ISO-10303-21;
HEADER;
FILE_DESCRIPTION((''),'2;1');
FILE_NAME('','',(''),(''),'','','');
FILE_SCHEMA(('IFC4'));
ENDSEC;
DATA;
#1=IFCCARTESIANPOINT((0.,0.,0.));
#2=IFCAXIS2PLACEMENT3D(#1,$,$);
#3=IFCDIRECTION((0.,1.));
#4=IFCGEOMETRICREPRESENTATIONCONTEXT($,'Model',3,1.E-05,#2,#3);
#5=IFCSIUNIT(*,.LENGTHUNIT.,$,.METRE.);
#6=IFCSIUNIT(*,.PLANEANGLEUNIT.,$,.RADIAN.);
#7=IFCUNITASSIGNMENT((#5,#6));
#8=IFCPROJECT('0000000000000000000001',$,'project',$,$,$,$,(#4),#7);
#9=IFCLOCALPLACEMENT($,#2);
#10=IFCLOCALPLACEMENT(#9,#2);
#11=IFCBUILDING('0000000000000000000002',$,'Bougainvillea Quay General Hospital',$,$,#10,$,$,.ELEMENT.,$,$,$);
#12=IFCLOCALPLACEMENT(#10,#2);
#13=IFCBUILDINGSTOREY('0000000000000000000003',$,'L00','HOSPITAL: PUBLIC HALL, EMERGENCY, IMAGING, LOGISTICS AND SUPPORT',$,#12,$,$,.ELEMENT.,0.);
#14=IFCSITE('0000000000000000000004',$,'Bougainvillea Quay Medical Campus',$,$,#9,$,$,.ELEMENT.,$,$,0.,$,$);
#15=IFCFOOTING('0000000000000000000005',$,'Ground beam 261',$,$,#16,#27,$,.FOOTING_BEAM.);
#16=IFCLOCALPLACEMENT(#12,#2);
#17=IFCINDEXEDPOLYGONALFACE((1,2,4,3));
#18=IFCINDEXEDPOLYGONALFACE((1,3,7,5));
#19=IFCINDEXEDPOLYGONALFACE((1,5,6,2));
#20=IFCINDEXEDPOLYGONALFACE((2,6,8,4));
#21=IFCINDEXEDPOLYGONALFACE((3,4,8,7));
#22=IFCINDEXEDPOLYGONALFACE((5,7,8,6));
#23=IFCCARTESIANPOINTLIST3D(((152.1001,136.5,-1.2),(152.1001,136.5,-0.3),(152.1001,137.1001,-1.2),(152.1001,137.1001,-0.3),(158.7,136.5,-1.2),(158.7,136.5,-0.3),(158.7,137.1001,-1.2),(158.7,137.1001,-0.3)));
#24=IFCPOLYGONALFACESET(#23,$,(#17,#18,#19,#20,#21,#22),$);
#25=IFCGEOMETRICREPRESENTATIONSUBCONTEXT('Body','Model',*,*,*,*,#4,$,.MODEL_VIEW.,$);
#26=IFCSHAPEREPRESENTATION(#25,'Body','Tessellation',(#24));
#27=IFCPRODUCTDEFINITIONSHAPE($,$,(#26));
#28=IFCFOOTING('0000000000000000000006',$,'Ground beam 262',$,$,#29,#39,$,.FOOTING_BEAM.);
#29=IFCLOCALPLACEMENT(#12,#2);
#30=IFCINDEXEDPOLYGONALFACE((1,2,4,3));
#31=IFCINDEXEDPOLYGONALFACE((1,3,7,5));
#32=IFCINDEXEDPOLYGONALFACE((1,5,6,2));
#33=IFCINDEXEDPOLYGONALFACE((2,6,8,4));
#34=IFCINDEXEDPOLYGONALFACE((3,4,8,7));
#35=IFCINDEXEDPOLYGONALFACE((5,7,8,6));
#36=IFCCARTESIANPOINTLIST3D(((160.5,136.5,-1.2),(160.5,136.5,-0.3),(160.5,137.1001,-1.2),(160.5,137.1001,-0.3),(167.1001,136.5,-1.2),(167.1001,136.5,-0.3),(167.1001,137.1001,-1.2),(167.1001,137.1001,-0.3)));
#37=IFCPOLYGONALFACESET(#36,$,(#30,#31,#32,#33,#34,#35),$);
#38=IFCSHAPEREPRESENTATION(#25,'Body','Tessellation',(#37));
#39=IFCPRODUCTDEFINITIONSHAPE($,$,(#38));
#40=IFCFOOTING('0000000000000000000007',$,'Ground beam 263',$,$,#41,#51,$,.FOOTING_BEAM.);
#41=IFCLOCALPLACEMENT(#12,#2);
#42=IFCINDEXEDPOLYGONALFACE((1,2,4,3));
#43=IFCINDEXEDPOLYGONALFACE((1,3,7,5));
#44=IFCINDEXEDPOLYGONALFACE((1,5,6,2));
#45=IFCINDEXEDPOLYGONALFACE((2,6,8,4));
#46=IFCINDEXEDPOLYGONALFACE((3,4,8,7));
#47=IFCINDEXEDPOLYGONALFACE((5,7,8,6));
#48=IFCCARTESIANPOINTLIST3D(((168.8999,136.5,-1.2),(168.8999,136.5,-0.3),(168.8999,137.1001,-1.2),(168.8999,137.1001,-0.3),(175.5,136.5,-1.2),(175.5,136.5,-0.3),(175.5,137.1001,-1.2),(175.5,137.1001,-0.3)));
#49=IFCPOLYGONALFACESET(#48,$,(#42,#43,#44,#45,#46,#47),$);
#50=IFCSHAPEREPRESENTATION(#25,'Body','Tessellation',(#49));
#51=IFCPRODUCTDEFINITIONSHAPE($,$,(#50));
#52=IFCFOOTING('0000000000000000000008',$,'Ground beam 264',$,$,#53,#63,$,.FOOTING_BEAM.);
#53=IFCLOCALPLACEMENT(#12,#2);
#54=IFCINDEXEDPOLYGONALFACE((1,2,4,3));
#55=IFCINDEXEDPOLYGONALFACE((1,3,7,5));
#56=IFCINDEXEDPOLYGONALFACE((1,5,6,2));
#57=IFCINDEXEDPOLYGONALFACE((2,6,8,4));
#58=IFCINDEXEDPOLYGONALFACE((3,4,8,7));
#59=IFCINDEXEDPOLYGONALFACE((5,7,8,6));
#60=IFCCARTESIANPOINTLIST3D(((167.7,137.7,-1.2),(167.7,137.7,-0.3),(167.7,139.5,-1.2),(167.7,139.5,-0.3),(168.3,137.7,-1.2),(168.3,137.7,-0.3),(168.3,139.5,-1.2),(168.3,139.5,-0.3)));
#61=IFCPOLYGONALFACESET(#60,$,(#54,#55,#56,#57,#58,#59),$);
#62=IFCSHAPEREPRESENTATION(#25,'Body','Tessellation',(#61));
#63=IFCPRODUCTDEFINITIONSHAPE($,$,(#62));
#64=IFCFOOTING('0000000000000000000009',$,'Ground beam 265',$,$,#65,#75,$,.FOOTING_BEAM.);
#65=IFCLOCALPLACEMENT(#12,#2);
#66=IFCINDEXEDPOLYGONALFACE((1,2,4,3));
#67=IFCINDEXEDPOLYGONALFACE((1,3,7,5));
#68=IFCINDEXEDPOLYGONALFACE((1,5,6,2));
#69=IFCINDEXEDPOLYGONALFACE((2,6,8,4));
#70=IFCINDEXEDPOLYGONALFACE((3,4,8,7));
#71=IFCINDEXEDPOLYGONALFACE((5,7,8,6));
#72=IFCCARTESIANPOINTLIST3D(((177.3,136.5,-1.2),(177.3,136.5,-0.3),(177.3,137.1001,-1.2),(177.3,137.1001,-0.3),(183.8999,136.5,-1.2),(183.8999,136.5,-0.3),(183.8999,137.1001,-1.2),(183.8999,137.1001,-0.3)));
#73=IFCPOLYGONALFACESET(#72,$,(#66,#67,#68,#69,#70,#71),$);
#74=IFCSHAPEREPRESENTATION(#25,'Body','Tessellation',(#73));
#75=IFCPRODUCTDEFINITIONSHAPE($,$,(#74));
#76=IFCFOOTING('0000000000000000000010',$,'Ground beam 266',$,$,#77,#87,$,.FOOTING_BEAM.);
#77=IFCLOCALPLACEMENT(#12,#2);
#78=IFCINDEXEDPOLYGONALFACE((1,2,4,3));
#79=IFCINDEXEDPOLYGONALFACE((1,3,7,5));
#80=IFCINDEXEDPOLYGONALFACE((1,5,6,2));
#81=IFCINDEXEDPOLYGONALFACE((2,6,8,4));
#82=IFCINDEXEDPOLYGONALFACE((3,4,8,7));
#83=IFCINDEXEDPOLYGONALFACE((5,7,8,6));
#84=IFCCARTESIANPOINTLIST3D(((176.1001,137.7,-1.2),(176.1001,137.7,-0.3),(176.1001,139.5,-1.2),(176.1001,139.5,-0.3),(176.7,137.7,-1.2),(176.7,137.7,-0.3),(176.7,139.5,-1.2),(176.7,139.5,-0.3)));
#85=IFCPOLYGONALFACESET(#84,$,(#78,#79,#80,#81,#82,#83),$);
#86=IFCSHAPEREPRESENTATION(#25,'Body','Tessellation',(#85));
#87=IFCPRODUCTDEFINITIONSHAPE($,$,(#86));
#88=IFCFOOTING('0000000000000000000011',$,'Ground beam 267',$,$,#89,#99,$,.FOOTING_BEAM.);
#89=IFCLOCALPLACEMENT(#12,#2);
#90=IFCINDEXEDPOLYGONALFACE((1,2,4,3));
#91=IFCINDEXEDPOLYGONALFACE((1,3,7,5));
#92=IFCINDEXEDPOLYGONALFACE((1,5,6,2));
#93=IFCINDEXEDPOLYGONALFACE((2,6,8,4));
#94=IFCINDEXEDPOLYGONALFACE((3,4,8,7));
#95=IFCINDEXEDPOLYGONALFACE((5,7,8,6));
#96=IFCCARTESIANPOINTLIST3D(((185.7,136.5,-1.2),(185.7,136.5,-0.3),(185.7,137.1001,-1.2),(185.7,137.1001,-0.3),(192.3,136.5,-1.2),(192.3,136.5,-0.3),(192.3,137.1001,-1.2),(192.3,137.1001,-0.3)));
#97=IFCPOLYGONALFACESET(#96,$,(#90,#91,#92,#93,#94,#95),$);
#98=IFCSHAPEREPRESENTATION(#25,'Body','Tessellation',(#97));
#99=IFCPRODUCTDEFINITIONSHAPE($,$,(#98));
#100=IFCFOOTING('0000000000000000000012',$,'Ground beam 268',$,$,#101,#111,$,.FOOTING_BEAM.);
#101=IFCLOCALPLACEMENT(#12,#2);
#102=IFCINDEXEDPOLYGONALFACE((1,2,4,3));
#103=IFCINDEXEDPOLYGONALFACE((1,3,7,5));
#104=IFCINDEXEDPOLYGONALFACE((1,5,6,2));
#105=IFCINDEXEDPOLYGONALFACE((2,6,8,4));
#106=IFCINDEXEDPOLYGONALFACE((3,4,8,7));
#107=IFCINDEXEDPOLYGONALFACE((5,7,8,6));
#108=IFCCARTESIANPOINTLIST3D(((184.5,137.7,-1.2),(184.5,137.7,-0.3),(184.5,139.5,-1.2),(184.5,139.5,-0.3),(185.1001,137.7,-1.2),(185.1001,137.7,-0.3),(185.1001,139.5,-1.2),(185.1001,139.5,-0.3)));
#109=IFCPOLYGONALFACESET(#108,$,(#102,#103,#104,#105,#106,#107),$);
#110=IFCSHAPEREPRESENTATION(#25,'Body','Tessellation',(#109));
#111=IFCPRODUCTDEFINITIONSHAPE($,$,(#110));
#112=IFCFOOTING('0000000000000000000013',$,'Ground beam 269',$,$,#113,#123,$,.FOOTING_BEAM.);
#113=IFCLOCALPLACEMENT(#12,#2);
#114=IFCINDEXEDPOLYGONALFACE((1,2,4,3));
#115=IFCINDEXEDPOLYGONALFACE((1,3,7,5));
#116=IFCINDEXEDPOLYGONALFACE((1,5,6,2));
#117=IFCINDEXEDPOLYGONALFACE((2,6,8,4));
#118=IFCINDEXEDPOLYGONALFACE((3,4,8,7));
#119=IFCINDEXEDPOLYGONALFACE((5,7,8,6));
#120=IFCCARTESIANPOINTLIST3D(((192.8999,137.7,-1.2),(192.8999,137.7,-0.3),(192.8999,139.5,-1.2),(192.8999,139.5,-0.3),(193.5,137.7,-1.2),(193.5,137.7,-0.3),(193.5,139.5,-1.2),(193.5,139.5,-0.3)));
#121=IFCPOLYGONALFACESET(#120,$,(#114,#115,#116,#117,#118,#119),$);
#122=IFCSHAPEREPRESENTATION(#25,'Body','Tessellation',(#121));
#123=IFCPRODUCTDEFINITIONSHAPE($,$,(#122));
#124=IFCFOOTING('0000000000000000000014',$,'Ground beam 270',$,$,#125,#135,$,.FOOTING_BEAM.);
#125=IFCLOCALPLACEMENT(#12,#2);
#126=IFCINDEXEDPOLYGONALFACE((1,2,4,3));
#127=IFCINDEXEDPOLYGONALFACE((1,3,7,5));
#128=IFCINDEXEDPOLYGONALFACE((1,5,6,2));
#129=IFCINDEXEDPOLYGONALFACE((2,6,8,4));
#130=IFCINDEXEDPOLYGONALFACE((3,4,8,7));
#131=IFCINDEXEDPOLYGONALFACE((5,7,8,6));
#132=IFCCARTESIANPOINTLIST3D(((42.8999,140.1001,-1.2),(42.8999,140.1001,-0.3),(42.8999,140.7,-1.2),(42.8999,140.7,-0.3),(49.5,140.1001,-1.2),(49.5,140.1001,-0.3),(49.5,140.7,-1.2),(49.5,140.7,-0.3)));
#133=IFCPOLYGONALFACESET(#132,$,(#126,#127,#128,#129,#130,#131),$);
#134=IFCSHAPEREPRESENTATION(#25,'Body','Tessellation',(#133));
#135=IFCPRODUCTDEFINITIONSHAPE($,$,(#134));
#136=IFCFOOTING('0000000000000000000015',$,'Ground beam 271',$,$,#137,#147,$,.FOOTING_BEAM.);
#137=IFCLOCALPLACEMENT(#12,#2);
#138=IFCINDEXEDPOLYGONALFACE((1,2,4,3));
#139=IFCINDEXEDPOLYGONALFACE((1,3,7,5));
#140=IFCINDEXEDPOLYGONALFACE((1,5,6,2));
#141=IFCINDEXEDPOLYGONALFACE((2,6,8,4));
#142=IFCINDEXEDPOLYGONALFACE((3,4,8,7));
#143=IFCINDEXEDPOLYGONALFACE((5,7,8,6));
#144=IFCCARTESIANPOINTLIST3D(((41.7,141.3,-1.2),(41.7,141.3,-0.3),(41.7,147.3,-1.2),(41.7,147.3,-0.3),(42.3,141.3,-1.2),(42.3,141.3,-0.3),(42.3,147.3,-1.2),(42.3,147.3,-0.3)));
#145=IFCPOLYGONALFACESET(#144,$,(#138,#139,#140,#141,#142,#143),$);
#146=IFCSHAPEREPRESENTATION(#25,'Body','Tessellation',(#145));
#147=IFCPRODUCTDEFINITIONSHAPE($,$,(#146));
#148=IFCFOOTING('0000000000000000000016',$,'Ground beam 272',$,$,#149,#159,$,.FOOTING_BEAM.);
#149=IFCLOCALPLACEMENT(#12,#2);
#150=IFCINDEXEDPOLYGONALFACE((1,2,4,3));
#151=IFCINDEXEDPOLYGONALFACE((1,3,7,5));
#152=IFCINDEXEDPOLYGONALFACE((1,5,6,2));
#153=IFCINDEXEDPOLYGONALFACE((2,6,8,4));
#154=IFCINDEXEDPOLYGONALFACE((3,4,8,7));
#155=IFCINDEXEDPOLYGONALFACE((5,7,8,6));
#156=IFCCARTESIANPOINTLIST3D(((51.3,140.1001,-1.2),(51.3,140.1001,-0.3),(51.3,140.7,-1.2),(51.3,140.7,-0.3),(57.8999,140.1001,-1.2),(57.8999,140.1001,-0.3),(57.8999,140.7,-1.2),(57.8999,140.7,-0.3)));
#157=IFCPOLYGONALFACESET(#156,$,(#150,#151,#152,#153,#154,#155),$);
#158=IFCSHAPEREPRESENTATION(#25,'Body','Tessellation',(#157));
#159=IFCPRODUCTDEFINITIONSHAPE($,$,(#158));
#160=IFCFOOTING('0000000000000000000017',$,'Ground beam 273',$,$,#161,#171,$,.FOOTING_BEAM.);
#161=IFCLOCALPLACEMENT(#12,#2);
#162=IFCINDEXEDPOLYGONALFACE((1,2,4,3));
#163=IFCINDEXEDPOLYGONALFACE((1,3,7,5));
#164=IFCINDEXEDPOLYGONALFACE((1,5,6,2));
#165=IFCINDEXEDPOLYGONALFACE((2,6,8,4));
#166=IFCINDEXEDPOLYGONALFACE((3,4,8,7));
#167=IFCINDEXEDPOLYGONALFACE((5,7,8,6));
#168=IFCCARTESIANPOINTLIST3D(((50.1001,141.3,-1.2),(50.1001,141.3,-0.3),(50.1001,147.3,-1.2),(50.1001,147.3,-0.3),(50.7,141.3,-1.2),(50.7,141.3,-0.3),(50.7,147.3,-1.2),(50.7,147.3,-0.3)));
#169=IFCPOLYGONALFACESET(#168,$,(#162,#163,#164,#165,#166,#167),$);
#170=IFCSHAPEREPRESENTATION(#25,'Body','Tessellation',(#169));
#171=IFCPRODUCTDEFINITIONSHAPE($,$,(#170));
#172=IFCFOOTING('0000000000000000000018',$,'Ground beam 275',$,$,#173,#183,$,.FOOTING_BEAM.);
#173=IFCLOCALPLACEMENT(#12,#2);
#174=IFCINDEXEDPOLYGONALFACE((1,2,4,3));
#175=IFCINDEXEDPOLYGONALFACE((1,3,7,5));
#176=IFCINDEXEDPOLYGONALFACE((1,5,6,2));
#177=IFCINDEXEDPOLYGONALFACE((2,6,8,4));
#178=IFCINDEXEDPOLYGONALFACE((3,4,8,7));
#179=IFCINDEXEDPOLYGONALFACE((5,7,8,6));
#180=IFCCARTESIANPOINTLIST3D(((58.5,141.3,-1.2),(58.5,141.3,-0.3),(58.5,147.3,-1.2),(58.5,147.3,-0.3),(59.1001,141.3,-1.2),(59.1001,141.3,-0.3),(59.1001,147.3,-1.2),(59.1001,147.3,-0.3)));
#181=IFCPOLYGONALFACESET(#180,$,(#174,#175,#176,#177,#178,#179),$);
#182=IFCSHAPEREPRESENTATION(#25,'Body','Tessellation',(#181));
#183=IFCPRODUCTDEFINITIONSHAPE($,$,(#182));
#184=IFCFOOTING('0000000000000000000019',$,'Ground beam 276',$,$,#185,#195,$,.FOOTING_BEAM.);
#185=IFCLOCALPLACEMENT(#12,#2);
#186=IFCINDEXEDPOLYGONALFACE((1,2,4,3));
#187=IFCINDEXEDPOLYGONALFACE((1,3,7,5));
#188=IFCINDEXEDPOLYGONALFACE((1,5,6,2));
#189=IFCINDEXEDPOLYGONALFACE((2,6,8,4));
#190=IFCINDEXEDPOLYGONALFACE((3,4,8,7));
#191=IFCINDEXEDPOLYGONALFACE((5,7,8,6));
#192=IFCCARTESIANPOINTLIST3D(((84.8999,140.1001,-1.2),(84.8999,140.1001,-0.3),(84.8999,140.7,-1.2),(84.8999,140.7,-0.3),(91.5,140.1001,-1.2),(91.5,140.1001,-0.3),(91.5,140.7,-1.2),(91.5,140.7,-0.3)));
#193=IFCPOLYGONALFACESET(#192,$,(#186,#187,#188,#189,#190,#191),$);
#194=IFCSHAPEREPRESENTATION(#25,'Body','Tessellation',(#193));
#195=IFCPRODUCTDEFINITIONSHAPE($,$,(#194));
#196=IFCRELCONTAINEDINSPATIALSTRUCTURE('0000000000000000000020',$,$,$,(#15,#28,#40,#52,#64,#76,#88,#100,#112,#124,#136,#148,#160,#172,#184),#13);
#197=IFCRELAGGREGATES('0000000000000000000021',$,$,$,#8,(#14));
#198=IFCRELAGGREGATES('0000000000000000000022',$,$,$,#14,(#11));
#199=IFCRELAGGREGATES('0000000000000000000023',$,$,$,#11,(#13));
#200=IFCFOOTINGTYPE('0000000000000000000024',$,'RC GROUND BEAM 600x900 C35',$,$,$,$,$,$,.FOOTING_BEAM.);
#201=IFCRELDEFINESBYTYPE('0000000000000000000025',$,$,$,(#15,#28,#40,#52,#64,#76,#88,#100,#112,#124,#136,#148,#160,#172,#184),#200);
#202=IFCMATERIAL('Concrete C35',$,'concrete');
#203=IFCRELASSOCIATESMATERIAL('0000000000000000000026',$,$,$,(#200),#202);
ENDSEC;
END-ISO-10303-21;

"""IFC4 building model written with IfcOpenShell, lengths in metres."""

from ifc_helpers import new_model, si_unit, direction, frame, origin, origin_2d, place, context, subcontext, project, spatial, polyline, rectangle, outline, extrude, material, material_profile, profile_set, type_object, element, save


model = new_model("IFC4")

# Units and contexts
model_context = context("Model", 3, precision=1e-05, world=origin(), true_north=direction((0.0, 1.0)))
body_context = subcontext(model_context, "Body", "Model", "MODEL_VIEW")
ifc_project = project(units=[si_unit("LENGTHUNIT", "METRE"), si_unit("PLANEANGLEUNIT", "RADIAN")], contexts=[model_context])

# Site, building, storey
site_placement = place(None, origin())
site = spatial("IfcSite", under=ifc_project, at=site_placement, Name="Bougainvillea Quay Medical Campus", CompositionType="ELEMENT", RefElevation=0.0)
building_placement = place(site_placement, origin())
building = spatial("IfcBuilding", under=site, at=building_placement, Name="Bougainvillea Quay General Hospital", CompositionType="ELEMENT")
storey_placement = place(building_placement, origin())
storey = spatial("IfcBuildingStorey", under=building, at=storey_placement, Name="L00", Description="HOSPITAL: PUBLIC HALL, EMERGENCY, IMAGING, LOGISTICS AND SUPPORT", CompositionType="ELEMENT", Elevation=0.0)

# Footings
ifc_material = material(Name="Concrete C35", Category="concrete")
ifc_material_profile = material_profile(ifc_material, rectangle(XDim=0.6001, YDim=0.8999, at=origin_2d()))
ifc_profile_set = profile_set([ifc_material_profile], Name="Concrete C35")
footing_type = type_object("IfcFootingType", Name="RC GROUND BEAM 600x900 C35", PredefinedType="FOOTING_BEAM", material=ifc_profile_set)
footing_1_placement = place(storey_placement, frame((0.0, 0.0, -1.2)))
element("IfcFooting", 1, at=footing_1_placement, inside=storey, type_object=footing_type, Name="Ground beam 261", PredefinedType="FOOTING_BEAM", context=body_context, shape_type="SweptSolid", body=[
    extrude(outline(polyline([(152.1001, 137.1001), (158.7, 137.1001), (158.7, 136.5), (152.1001, 136.5), (152.1001, 137.1001)])), origin(), (0.0, 0.0, 1.0), 0.8999),
])
footing_2_placement = place(storey_placement, frame((0.0, 0.0, -1.2)))
element("IfcFooting", 2, at=footing_2_placement, inside=storey, type_object=footing_type, Name="Ground beam 262", PredefinedType="FOOTING_BEAM", context=body_context, shape_type="SweptSolid", body=[
    extrude(outline(polyline([(160.5, 137.1001), (167.1001, 137.1001), (167.1001, 136.5), (160.5, 136.5), (160.5, 137.1001)])), origin(), (0.0, 0.0, 1.0), 0.8999),
])
footing_3_placement = place(storey_placement, frame((0.0, 0.0, -1.2)))
element("IfcFooting", 3, at=footing_3_placement, inside=storey, type_object=footing_type, Name="Ground beam 263", PredefinedType="FOOTING_BEAM", context=body_context, shape_type="SweptSolid", body=[
    extrude(outline(polyline([(168.8999, 137.1001), (175.5, 137.1001), (175.5, 136.5), (168.8999, 136.5), (168.8999, 137.1001)])), origin(), (0.0, 0.0, 1.0), 0.8999),
])
footing_4_placement = place(storey_placement, frame((0.0, 0.0, -1.2)))
element("IfcFooting", 4, at=footing_4_placement, inside=storey, type_object=footing_type, Name="Ground beam 264", PredefinedType="FOOTING_BEAM", context=body_context, shape_type="SweptSolid", body=[
    extrude(outline(polyline([(167.7, 137.7), (167.7, 139.5), (168.3, 139.5), (168.3, 137.7), (167.7, 137.7)])), origin(), (0.0, 0.0, 1.0), 0.8999),
])
footing_5_placement = place(storey_placement, frame((0.0, 0.0, -1.2)))
element("IfcFooting", 5, at=footing_5_placement, inside=storey, type_object=footing_type, Name="Ground beam 265", PredefinedType="FOOTING_BEAM", context=body_context, shape_type="SweptSolid", body=[
    extrude(outline(polyline([(177.3, 137.1001), (183.8999, 137.1001), (183.8999, 136.5), (177.3, 136.5), (177.3, 137.1001)])), origin(), (0.0, 0.0, 1.0), 0.8999),
])
footing_6_placement = place(storey_placement, frame((0.0, 0.0, -1.2)))
element("IfcFooting", 6, at=footing_6_placement, inside=storey, type_object=footing_type, Name="Ground beam 266", PredefinedType="FOOTING_BEAM", context=body_context, shape_type="SweptSolid", body=[
    extrude(outline(polyline([(176.1001, 137.7), (176.1001, 139.5), (176.7, 139.5), (176.7, 137.7), (176.1001, 137.7)])), origin(), (0.0, 0.0, 1.0), 0.8999),
])
footing_7_placement = place(storey_placement, frame((0.0, 0.0, -1.2)))
element("IfcFooting", 7, at=footing_7_placement, inside=storey, type_object=footing_type, Name="Ground beam 267", PredefinedType="FOOTING_BEAM", context=body_context, shape_type="SweptSolid", body=[
    extrude(outline(polyline([(185.7, 137.1001), (192.3, 137.1001), (192.3, 136.5), (185.7, 136.5), (185.7, 137.1001)])), origin(), (0.0, 0.0, 1.0), 0.8999),
])
footing_8_placement = place(storey_placement, frame((0.0, 0.0, -1.2)))
element("IfcFooting", 8, at=footing_8_placement, inside=storey, type_object=footing_type, Name="Ground beam 268", PredefinedType="FOOTING_BEAM", context=body_context, shape_type="SweptSolid", body=[
    extrude(outline(polyline([(184.5, 137.7), (184.5, 139.5), (185.1001, 139.5), (185.1001, 137.7), (184.5, 137.7)])), origin(), (0.0, 0.0, 1.0), 0.8999),
])
footing_9_placement = place(storey_placement, frame((0.0, 0.0, -1.2)))
element("IfcFooting", 9, at=footing_9_placement, inside=storey, type_object=footing_type, Name="Ground beam 269", PredefinedType="FOOTING_BEAM", context=body_context, shape_type="SweptSolid", body=[
    extrude(outline(polyline([(192.8999, 137.7), (192.8999, 139.5), (193.5, 139.5), (193.5, 137.7), (192.8999, 137.7)])), origin(), (0.0, 0.0, 1.0), 0.8999),
])
footing_10_placement = place(storey_placement, frame((0.0, 0.0, -1.2)))
element("IfcFooting", 10, at=footing_10_placement, inside=storey, type_object=footing_type, Name="Ground beam 270", PredefinedType="FOOTING_BEAM", context=body_context, shape_type="SweptSolid", body=[
    extrude(outline(polyline([(42.8999, 140.7), (49.5, 140.7), (49.5, 140.1001), (42.8999, 140.1001), (42.8999, 140.7)])), origin(), (0.0, 0.0, 1.0), 0.8999),
])
footing_11_placement = place(storey_placement, frame((0.0, 0.0, -1.2)))
element("IfcFooting", 11, at=footing_11_placement, inside=storey, type_object=footing_type, Name="Ground beam 271", PredefinedType="FOOTING_BEAM", context=body_context, shape_type="SweptSolid", body=[
    extrude(outline(polyline([(41.7, 141.3), (41.7, 147.3), (42.3, 147.3), (42.3, 141.3), (41.7, 141.3)])), origin(), (0.0, 0.0, 1.0), 0.8999),
])
footing_12_placement = place(storey_placement, frame((0.0, 0.0, -1.2)))
element("IfcFooting", 12, at=footing_12_placement, inside=storey, type_object=footing_type, Name="Ground beam 272", PredefinedType="FOOTING_BEAM", context=body_context, shape_type="SweptSolid", body=[
    extrude(outline(polyline([(51.3, 140.7), (57.8999, 140.7), (57.8999, 140.1001), (51.3, 140.1001), (51.3, 140.7)])), origin(), (0.0, 0.0, 1.0), 0.8999),
])
footing_13_placement = place(storey_placement, frame((0.0, 0.0, -1.2)))
element("IfcFooting", 13, at=footing_13_placement, inside=storey, type_object=footing_type, Name="Ground beam 273", PredefinedType="FOOTING_BEAM", context=body_context, shape_type="SweptSolid", body=[
    extrude(outline(polyline([(50.1001, 141.3), (50.1001, 147.3), (50.7, 147.3), (50.7, 141.3), (50.1001, 141.3)])), origin(), (0.0, 0.0, 1.0), 0.8999),
])
footing_14_placement = place(storey_placement, frame((0.0, 0.0, -1.2)))
element("IfcFooting", 14, at=footing_14_placement, inside=storey, type_object=footing_type, Name="Ground beam 275", PredefinedType="FOOTING_BEAM", context=body_context, shape_type="SweptSolid", body=[
    extrude(outline(polyline([(58.5, 141.3), (58.5, 147.3), (59.1001, 147.3), (59.1001, 141.3), (58.5, 141.3)])), origin(), (0.0, 0.0, 1.0), 0.8999),
])
footing_15_placement = place(storey_placement, frame((0.0, 0.0, -1.2)))
element("IfcFooting", 15, at=footing_15_placement, inside=storey, type_object=footing_type, Name="Ground beam 276", PredefinedType="FOOTING_BEAM", context=body_context, shape_type="SweptSolid", body=[
    extrude(outline(polyline([(84.8999, 140.7), (91.5, 140.7), (91.5, 140.1001), (84.8999, 140.1001), (84.8999, 140.7)])), origin(), (0.0, 0.0, 1.0), 0.8999),
])

save(model, "model.ifc")
